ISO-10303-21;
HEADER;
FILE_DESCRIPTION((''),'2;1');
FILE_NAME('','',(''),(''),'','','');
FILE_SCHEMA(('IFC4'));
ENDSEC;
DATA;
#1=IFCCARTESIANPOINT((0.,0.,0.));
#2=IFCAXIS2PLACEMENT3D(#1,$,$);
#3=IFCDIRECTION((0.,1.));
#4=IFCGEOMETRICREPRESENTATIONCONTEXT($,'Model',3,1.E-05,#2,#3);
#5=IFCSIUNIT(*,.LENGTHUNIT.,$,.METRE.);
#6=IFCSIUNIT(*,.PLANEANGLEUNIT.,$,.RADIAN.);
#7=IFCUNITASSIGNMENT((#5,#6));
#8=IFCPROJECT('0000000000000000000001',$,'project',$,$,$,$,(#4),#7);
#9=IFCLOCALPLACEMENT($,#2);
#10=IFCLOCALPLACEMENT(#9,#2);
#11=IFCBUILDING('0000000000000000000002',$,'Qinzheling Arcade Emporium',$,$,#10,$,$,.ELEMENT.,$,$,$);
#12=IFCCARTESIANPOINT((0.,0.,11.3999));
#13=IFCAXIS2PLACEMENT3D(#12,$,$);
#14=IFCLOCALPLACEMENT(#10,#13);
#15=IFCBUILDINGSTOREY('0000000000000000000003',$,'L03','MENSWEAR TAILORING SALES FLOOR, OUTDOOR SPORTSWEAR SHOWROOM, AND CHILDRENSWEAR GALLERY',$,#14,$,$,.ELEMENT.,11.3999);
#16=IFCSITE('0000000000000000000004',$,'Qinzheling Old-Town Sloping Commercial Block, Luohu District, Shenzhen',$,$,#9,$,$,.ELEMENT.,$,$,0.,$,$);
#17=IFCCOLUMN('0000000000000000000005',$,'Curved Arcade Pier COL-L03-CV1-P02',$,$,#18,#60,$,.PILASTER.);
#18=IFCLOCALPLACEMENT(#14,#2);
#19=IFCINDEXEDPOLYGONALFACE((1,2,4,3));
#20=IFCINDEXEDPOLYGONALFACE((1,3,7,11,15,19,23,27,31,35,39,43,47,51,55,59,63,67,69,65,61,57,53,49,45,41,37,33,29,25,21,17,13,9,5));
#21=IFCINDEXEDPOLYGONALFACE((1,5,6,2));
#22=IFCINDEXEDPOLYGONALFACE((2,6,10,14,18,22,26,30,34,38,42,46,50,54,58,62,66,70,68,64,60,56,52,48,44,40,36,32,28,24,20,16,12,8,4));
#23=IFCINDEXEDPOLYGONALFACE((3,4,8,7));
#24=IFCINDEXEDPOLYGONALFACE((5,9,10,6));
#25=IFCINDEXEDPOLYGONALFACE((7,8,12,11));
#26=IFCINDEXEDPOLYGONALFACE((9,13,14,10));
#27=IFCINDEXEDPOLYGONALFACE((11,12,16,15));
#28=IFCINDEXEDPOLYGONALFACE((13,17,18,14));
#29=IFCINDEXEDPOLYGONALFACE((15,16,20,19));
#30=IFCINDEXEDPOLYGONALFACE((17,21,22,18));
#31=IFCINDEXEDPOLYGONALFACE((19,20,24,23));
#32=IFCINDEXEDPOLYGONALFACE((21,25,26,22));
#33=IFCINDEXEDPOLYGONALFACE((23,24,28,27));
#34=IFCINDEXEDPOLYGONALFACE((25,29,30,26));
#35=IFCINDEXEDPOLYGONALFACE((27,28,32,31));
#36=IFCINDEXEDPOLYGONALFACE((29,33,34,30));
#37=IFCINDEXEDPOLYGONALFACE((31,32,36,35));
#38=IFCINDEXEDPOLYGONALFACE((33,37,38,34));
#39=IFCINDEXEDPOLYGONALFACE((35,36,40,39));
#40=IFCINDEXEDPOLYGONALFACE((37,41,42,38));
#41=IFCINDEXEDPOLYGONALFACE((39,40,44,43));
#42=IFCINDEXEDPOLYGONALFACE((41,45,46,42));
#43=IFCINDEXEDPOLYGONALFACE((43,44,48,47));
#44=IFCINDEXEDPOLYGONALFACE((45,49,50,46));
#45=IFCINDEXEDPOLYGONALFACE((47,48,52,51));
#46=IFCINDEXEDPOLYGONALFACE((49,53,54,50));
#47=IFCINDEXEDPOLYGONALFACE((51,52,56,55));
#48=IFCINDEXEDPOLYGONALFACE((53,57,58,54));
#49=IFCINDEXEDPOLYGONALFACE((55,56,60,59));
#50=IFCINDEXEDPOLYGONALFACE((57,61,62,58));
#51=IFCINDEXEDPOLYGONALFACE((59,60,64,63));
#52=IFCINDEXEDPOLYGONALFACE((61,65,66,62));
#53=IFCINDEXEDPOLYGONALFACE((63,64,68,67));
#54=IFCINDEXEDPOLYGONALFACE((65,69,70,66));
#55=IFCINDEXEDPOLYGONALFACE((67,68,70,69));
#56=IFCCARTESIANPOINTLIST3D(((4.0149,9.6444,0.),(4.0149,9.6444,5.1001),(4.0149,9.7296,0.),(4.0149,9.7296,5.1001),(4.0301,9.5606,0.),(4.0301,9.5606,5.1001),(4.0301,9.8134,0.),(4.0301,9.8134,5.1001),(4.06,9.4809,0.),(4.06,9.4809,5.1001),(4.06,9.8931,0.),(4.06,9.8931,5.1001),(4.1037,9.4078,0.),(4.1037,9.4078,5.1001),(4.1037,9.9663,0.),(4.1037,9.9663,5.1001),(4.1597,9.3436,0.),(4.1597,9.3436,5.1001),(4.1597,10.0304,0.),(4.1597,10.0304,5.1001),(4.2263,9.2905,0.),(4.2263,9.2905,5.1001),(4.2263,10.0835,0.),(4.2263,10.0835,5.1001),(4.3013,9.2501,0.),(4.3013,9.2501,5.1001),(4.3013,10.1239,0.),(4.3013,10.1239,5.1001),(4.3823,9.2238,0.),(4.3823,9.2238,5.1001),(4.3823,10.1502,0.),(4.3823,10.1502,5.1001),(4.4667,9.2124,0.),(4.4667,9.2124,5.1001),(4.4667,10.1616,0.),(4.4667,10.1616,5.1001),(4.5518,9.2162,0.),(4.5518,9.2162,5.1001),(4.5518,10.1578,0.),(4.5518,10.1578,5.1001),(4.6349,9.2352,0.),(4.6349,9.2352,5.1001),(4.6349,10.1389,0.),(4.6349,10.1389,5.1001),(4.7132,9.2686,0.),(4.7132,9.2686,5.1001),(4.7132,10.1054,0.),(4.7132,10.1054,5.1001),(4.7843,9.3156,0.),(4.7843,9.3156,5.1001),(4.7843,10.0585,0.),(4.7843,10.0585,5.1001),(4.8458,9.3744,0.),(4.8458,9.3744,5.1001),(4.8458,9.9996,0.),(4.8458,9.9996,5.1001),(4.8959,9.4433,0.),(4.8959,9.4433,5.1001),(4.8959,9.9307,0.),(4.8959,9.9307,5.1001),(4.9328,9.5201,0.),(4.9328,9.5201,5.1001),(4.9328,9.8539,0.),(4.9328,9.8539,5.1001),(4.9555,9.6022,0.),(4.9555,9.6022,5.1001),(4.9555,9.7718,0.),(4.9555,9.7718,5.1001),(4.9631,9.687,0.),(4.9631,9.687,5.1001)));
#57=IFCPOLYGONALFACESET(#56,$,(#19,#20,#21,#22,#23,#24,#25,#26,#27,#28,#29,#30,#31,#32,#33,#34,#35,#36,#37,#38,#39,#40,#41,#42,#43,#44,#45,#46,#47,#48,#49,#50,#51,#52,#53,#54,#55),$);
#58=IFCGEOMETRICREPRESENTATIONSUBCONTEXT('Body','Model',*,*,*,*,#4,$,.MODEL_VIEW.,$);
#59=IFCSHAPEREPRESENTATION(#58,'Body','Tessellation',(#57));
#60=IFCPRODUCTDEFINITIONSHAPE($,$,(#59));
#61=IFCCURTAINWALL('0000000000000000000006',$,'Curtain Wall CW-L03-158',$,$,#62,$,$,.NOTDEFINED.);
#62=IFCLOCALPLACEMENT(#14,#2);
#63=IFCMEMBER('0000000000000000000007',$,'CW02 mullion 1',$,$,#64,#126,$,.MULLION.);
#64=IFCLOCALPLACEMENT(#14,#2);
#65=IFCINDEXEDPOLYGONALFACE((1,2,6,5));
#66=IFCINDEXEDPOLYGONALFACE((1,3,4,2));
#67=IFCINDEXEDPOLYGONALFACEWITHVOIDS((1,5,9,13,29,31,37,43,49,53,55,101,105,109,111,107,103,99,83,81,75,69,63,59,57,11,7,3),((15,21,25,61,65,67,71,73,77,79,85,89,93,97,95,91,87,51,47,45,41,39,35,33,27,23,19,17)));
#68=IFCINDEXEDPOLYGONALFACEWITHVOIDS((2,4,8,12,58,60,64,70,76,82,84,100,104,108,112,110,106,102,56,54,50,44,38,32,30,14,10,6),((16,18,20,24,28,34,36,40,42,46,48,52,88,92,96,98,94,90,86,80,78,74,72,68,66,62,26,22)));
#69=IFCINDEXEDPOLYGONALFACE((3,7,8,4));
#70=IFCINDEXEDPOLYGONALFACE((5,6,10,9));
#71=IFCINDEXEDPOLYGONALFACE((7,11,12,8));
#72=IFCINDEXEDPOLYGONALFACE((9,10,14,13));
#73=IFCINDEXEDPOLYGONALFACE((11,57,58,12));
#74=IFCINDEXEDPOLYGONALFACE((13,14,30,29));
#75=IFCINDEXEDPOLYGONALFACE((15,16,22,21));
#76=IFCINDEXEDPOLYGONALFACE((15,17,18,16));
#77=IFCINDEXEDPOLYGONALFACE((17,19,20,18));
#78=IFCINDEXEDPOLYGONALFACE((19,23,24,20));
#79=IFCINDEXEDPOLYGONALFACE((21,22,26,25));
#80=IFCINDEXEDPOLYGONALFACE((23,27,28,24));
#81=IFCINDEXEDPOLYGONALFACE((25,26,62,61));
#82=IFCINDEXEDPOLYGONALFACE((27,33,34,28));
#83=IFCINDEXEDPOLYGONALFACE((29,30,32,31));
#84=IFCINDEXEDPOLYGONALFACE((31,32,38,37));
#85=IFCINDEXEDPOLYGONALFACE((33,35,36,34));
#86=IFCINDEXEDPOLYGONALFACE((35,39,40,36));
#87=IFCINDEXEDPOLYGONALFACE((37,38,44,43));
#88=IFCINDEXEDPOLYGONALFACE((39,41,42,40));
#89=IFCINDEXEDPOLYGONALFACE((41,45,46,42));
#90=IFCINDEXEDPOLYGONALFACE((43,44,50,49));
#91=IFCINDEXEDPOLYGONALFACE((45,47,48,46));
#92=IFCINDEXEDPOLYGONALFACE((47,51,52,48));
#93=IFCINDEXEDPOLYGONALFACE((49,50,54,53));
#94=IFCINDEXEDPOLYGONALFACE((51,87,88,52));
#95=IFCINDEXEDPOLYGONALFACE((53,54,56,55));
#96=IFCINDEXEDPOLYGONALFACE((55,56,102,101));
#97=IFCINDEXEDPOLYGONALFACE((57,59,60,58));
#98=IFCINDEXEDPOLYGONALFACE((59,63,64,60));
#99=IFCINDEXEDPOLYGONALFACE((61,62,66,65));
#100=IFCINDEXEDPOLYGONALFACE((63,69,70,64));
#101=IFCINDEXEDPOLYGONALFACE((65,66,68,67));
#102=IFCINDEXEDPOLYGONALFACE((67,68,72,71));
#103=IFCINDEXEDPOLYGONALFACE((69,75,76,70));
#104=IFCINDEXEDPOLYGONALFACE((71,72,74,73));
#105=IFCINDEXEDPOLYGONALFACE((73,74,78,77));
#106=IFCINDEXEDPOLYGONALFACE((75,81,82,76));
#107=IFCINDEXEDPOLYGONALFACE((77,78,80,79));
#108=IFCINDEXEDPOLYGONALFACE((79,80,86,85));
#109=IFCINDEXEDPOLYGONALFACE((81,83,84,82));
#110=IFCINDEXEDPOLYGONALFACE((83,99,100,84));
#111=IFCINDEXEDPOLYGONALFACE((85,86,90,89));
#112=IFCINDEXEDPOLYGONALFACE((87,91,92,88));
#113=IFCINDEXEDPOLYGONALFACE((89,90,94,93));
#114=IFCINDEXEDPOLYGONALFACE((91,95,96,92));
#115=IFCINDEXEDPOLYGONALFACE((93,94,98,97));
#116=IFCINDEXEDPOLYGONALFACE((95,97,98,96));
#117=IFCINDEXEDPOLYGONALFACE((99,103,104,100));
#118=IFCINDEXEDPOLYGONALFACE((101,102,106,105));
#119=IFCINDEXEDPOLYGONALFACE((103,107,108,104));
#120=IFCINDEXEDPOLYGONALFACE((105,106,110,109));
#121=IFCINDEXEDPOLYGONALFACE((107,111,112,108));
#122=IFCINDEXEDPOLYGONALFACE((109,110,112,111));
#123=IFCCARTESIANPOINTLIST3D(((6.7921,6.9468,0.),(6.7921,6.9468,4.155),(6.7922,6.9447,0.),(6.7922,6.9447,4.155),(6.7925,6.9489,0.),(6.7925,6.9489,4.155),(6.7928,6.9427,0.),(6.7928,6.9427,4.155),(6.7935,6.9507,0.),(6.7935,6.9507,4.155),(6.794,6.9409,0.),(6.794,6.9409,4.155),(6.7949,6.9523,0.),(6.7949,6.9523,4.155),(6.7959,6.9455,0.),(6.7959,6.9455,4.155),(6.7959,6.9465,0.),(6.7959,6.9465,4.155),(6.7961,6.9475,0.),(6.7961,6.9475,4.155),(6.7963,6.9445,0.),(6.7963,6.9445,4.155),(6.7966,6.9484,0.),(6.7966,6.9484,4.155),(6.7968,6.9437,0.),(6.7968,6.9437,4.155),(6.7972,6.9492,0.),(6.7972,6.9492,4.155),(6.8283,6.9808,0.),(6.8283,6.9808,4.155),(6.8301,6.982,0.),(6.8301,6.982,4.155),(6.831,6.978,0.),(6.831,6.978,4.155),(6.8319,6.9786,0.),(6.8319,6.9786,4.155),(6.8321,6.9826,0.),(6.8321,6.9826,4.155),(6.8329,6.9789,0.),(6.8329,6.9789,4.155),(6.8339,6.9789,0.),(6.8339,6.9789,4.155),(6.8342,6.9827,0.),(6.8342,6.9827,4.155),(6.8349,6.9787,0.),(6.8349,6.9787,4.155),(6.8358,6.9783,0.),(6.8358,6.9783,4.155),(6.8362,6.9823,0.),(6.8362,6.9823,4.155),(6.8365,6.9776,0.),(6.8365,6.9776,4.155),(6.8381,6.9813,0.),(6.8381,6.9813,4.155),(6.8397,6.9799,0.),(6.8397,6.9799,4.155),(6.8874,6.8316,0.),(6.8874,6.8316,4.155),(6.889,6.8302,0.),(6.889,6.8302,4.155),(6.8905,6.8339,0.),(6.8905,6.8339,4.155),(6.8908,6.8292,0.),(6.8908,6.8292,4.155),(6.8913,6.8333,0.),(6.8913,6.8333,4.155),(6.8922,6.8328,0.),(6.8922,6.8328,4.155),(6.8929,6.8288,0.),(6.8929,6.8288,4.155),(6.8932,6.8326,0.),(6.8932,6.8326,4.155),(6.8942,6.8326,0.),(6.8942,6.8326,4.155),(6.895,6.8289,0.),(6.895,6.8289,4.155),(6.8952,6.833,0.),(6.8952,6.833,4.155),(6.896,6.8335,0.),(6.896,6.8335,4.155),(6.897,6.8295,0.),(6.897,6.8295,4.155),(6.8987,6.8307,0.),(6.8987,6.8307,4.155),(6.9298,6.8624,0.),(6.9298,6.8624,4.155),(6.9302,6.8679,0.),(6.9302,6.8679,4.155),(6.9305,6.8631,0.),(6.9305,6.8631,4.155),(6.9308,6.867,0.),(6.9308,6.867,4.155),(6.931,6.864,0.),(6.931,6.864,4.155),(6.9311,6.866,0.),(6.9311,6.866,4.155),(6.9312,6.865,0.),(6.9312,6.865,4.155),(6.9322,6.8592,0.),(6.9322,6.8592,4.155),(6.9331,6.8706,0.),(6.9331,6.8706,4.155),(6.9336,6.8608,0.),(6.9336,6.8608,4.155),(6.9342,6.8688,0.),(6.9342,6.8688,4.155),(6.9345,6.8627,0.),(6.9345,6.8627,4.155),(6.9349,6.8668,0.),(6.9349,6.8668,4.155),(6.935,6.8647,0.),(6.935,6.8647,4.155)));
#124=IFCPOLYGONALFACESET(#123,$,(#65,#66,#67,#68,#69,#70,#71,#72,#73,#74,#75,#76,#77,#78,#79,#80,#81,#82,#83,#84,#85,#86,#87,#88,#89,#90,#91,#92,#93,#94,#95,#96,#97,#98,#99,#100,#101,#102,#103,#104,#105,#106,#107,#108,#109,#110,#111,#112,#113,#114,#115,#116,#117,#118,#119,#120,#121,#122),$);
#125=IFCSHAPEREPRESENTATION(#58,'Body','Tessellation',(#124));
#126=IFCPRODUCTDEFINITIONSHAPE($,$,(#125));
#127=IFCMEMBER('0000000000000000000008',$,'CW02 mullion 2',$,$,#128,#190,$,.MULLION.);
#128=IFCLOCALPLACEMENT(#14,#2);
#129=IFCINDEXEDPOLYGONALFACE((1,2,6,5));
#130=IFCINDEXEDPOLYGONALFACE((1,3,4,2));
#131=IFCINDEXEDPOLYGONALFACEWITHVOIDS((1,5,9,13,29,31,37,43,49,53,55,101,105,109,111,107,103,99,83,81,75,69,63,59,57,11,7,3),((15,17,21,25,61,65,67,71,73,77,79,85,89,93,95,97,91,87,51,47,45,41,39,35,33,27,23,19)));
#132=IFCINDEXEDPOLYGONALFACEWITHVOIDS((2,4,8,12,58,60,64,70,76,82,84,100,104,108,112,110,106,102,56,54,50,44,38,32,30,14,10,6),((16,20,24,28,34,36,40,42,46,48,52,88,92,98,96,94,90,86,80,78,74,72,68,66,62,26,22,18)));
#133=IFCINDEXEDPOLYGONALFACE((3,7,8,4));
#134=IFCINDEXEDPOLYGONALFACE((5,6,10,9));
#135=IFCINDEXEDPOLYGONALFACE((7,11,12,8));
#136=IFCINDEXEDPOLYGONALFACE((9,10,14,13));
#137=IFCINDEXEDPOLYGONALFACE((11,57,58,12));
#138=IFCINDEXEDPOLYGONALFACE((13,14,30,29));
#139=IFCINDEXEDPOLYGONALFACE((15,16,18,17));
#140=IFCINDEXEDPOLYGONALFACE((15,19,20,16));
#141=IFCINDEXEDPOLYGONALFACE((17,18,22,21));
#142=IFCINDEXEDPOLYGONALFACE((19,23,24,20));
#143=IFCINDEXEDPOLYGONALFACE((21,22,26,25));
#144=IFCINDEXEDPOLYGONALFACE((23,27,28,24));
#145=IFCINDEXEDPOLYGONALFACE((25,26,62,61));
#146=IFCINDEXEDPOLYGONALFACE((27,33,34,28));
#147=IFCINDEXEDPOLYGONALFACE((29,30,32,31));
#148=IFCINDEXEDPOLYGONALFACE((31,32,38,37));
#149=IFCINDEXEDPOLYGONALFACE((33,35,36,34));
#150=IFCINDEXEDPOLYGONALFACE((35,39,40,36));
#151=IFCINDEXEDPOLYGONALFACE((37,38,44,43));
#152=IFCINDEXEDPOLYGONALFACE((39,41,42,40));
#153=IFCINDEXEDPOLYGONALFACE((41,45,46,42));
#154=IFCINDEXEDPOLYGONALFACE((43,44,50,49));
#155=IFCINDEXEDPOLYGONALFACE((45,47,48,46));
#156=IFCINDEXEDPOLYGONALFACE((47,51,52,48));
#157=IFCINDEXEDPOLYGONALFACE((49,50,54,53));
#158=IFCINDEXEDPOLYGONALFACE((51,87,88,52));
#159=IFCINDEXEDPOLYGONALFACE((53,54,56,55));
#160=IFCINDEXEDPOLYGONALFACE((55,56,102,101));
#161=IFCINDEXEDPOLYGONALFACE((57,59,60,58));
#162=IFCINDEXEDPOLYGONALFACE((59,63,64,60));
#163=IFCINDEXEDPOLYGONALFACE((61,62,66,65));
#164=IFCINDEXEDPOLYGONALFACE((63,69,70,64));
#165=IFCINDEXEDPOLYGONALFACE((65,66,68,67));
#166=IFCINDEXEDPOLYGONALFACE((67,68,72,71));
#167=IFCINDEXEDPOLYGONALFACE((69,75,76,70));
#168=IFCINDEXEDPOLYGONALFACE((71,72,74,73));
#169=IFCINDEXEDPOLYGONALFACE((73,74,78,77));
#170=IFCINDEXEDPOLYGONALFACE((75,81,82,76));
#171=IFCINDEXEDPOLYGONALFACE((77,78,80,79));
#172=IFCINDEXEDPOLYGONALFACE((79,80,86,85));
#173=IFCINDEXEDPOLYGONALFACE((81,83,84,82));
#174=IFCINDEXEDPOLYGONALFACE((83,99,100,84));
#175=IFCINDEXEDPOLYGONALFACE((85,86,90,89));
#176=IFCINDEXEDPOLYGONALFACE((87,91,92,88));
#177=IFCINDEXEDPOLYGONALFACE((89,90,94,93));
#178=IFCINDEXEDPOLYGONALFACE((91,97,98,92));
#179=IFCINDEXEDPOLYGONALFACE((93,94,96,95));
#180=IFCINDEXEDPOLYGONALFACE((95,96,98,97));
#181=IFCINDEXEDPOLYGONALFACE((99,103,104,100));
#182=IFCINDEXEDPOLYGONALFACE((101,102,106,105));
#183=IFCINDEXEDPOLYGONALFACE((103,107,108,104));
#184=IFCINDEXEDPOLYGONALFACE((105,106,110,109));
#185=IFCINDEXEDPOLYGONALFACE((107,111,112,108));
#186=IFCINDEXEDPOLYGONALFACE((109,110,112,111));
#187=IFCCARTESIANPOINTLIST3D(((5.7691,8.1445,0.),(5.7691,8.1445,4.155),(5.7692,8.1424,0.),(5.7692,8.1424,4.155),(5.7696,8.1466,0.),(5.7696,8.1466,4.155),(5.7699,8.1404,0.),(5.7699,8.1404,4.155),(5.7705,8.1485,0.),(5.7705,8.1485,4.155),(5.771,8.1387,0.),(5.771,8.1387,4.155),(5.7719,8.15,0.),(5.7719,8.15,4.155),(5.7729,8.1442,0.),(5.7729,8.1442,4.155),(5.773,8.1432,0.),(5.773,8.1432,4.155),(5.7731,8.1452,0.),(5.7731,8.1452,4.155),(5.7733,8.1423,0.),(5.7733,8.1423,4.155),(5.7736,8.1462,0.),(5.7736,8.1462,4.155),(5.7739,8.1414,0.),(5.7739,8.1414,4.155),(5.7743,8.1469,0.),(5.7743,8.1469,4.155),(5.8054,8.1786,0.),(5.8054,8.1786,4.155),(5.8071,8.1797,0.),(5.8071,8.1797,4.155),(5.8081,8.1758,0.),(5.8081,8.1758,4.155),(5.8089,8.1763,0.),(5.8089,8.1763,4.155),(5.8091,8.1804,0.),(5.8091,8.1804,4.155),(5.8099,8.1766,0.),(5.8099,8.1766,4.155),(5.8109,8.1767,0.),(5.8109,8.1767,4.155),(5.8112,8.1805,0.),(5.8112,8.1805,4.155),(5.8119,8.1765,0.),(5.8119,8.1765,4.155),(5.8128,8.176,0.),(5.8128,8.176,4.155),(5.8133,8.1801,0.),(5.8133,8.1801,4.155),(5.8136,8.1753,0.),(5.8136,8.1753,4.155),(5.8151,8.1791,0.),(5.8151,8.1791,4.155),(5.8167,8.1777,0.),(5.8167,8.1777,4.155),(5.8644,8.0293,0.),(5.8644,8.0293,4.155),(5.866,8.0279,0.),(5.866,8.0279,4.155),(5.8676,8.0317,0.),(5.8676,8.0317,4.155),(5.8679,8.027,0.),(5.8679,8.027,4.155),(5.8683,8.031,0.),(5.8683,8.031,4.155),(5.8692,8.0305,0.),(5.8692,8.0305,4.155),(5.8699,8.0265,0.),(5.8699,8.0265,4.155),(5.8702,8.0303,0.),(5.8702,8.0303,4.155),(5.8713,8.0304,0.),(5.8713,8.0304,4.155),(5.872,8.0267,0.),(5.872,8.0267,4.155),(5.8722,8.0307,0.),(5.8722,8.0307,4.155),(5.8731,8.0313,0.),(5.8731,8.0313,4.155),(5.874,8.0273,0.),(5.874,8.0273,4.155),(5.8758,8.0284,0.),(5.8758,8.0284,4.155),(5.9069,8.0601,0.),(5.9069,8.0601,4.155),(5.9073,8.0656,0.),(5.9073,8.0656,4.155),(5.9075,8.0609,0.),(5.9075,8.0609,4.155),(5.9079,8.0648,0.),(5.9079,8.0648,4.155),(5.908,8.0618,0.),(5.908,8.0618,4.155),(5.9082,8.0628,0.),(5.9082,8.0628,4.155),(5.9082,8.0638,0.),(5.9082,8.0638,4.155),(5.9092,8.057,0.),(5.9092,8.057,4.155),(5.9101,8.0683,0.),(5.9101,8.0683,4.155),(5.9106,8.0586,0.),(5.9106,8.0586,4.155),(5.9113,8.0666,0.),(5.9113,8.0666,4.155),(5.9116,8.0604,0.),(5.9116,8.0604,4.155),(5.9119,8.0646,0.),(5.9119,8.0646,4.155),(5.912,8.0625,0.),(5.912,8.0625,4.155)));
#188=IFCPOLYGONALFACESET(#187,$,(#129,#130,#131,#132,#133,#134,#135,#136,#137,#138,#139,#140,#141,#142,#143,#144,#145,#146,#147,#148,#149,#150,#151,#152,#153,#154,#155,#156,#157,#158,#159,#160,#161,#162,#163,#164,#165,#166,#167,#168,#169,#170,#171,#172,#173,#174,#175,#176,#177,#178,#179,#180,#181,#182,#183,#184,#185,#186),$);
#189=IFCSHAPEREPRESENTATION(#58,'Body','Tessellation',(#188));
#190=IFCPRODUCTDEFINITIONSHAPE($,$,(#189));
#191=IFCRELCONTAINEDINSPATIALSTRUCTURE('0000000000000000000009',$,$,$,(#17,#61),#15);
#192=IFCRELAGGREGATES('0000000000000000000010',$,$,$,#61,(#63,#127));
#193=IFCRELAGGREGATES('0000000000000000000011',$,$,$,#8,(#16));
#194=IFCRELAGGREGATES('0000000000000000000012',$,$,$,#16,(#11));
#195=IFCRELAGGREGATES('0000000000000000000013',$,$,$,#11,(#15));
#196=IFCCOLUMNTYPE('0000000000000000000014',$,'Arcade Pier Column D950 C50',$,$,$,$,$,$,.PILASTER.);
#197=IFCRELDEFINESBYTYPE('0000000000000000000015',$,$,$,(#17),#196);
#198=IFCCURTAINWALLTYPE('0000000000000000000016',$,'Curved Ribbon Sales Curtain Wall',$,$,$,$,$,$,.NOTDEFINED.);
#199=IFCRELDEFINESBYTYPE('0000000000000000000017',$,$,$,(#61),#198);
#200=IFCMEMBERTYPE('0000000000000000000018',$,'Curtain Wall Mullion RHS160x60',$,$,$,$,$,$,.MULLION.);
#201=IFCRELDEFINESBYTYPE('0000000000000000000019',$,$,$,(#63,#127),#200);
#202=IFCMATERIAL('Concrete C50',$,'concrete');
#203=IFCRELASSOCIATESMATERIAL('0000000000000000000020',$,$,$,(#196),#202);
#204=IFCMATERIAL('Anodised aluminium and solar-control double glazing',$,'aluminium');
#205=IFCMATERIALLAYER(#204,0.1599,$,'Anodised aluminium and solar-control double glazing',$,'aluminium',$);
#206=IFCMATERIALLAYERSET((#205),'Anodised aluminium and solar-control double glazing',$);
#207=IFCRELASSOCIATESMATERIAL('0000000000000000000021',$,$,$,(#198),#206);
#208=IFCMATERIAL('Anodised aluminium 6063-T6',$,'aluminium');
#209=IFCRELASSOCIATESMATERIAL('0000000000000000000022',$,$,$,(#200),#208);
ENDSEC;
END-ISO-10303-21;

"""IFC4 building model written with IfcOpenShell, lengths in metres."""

from ifc_helpers import new_model, si_unit, direction, frame, origin, origin_2d, place, context, subcontext, project, spatial, hollow_rectangle, circle, extrude, material, layer, layer_set, material_profile, profile_set, type_object, element, aggregate, save


model = new_model("IFC4")

# Units and contexts
model_context = context("Model", 3, precision=1e-05, world=origin(), true_north=direction((0.0, 1.0)))
body_context = subcontext(model_context, "Body", "Model", "MODEL_VIEW")
ifc_project = project(units=[si_unit("LENGTHUNIT", "METRE"), si_unit("PLANEANGLEUNIT", "RADIAN")], contexts=[model_context])

# Site, building, storey
site_placement = place(None, origin())
site = spatial("IfcSite", under=ifc_project, at=site_placement, Name="Qinzheling Old-Town Sloping Commercial Block, Luohu District, Shenzhen", CompositionType="ELEMENT", RefElevation=0.0)
building_placement = place(site_placement, origin())
building = spatial("IfcBuilding", under=site, at=building_placement, Name="Qinzheling Arcade Emporium", CompositionType="ELEMENT")
storey_placement = place(building_placement, frame((0.0, 0.0, 11.3999)))
storey = spatial("IfcBuildingStorey", under=building, at=storey_placement, Name="L03", Description="MENSWEAR TAILORING SALES FLOOR, OUTDOOR SPORTSWEAR SHOWROOM, AND CHILDRENSWEAR GALLERY", CompositionType="ELEMENT", Elevation=11.3999)

# Column
ifc_material_1 = material(Name="Concrete C50", Category="concrete")
ifc_material_profile_1 = material_profile(ifc_material_1, circle(Radius=0.4751, at=origin_2d()), Name="RC D950", Category="concrete")
ifc_profile_set_1 = profile_set([ifc_material_profile_1], Name="Concrete C50")
column_type = type_object("IfcColumnType", Name="Arcade Pier Column D950 C50", PredefinedType="PILASTER", material=ifc_profile_set_1)
column_placement = place(storey_placement, frame((4.488, 9.687, 0.0), z_axis=(0.0, 0.0, 1.0), x_axis=(1.0, 0.0, 0.0)))
element("IfcColumn", 1, at=column_placement, inside=storey, type_object=column_type, Name="Curved Arcade Pier COL-L03-CV1-P02", PredefinedType="PILASTER", context=body_context, shape_type="SweptSolid", body=[
    extrude(circle(Radius=0.4751, at=origin_2d()), origin(), (0.0, 0.0, 1.0), 5.1001),
])

# Curtain wall, members
ifc_material_2 = material(Name="Anodised aluminium and solar-control double glazing", Category="aluminium")
ifc_layer_1 = layer(ifc_material_2, 0.1599, Name="Anodised aluminium and solar-control double glazing", Category="aluminium")
ifc_layer_set_1 = layer_set([ifc_layer_1], Name="Anodised aluminium and solar-control double glazing")
curtain_wall_type = type_object("IfcCurtainWallType", Name="Curved Ribbon Sales Curtain Wall", PredefinedType="NOTDEFINED", material=ifc_layer_set_1)
curtain_wall_1_placement = place(storey_placement, origin())
curtain_wall_1 = element("IfcCurtainWall", 2, at=curtain_wall_1_placement, inside=storey, type_object=curtain_wall_type, Name="Curtain Wall CW-L03-158", PredefinedType="NOTDEFINED")
ifc_material_3 = material(Name="Anodised aluminium 6063-T6", Category="aluminium")
ifc_material_profile_2 = material_profile(ifc_material_3, hollow_rectangle(XDim=0.0601, YDim=0.1599, WallThickness=0.0039, InnerFilletRadius=0.0039, OuterFilletRadius=0.0081, at=origin_2d()), Name="RHS 160x60x4", Category="aluminium")
ifc_profile_set_2 = profile_set([ifc_material_profile_2], Name="Anodised aluminium 6063-T6")
member_type_1 = type_object("IfcMemberType", Name="Curtain Wall Mullion RHS160x60", PredefinedType="MULLION", material=ifc_profile_set_2)
member_1_placement = place(storey_placement, frame((6.8635, 6.9058, 0.0), z_axis=(0.0, 0.0, 1.0), x_axis=(-0.760377, -0.649482, 0.0)))
member_1 = element("IfcMember", 3, at=member_1_placement, type_object=member_type_1, Name="CW02 mullion 1", PredefinedType="MULLION", context=body_context, shape_type="SweptSolid", body=[
    extrude(hollow_rectangle(XDim=0.0601, YDim=0.1599, WallThickness=0.0039, InnerFilletRadius=0.0039, OuterFilletRadius=0.0081, at=origin_2d()), origin(), (0.0, 0.0, 1.0), 4.155),
])
member_2_placement = place(storey_placement, frame((5.8406, 8.1035, 0.0), z_axis=(0.0, 0.0, 1.0), x_axis=(-0.760377, -0.649482, 0.0)))
member_2 = element("IfcMember", 4, at=member_2_placement, type_object=member_type_1, Name="CW02 mullion 2", PredefinedType="MULLION", context=body_context, shape_type="SweptSolid", body=[
    extrude(hollow_rectangle(XDim=0.0601, YDim=0.1599, WallThickness=0.0039, InnerFilletRadius=0.0039, OuterFilletRadius=0.0081, at=origin_2d()), origin(), (0.0, 0.0, 1.0), 4.155),
])

aggregate(curtain_wall_1, [member_1, member_2])

save(model, "model.ifc")
